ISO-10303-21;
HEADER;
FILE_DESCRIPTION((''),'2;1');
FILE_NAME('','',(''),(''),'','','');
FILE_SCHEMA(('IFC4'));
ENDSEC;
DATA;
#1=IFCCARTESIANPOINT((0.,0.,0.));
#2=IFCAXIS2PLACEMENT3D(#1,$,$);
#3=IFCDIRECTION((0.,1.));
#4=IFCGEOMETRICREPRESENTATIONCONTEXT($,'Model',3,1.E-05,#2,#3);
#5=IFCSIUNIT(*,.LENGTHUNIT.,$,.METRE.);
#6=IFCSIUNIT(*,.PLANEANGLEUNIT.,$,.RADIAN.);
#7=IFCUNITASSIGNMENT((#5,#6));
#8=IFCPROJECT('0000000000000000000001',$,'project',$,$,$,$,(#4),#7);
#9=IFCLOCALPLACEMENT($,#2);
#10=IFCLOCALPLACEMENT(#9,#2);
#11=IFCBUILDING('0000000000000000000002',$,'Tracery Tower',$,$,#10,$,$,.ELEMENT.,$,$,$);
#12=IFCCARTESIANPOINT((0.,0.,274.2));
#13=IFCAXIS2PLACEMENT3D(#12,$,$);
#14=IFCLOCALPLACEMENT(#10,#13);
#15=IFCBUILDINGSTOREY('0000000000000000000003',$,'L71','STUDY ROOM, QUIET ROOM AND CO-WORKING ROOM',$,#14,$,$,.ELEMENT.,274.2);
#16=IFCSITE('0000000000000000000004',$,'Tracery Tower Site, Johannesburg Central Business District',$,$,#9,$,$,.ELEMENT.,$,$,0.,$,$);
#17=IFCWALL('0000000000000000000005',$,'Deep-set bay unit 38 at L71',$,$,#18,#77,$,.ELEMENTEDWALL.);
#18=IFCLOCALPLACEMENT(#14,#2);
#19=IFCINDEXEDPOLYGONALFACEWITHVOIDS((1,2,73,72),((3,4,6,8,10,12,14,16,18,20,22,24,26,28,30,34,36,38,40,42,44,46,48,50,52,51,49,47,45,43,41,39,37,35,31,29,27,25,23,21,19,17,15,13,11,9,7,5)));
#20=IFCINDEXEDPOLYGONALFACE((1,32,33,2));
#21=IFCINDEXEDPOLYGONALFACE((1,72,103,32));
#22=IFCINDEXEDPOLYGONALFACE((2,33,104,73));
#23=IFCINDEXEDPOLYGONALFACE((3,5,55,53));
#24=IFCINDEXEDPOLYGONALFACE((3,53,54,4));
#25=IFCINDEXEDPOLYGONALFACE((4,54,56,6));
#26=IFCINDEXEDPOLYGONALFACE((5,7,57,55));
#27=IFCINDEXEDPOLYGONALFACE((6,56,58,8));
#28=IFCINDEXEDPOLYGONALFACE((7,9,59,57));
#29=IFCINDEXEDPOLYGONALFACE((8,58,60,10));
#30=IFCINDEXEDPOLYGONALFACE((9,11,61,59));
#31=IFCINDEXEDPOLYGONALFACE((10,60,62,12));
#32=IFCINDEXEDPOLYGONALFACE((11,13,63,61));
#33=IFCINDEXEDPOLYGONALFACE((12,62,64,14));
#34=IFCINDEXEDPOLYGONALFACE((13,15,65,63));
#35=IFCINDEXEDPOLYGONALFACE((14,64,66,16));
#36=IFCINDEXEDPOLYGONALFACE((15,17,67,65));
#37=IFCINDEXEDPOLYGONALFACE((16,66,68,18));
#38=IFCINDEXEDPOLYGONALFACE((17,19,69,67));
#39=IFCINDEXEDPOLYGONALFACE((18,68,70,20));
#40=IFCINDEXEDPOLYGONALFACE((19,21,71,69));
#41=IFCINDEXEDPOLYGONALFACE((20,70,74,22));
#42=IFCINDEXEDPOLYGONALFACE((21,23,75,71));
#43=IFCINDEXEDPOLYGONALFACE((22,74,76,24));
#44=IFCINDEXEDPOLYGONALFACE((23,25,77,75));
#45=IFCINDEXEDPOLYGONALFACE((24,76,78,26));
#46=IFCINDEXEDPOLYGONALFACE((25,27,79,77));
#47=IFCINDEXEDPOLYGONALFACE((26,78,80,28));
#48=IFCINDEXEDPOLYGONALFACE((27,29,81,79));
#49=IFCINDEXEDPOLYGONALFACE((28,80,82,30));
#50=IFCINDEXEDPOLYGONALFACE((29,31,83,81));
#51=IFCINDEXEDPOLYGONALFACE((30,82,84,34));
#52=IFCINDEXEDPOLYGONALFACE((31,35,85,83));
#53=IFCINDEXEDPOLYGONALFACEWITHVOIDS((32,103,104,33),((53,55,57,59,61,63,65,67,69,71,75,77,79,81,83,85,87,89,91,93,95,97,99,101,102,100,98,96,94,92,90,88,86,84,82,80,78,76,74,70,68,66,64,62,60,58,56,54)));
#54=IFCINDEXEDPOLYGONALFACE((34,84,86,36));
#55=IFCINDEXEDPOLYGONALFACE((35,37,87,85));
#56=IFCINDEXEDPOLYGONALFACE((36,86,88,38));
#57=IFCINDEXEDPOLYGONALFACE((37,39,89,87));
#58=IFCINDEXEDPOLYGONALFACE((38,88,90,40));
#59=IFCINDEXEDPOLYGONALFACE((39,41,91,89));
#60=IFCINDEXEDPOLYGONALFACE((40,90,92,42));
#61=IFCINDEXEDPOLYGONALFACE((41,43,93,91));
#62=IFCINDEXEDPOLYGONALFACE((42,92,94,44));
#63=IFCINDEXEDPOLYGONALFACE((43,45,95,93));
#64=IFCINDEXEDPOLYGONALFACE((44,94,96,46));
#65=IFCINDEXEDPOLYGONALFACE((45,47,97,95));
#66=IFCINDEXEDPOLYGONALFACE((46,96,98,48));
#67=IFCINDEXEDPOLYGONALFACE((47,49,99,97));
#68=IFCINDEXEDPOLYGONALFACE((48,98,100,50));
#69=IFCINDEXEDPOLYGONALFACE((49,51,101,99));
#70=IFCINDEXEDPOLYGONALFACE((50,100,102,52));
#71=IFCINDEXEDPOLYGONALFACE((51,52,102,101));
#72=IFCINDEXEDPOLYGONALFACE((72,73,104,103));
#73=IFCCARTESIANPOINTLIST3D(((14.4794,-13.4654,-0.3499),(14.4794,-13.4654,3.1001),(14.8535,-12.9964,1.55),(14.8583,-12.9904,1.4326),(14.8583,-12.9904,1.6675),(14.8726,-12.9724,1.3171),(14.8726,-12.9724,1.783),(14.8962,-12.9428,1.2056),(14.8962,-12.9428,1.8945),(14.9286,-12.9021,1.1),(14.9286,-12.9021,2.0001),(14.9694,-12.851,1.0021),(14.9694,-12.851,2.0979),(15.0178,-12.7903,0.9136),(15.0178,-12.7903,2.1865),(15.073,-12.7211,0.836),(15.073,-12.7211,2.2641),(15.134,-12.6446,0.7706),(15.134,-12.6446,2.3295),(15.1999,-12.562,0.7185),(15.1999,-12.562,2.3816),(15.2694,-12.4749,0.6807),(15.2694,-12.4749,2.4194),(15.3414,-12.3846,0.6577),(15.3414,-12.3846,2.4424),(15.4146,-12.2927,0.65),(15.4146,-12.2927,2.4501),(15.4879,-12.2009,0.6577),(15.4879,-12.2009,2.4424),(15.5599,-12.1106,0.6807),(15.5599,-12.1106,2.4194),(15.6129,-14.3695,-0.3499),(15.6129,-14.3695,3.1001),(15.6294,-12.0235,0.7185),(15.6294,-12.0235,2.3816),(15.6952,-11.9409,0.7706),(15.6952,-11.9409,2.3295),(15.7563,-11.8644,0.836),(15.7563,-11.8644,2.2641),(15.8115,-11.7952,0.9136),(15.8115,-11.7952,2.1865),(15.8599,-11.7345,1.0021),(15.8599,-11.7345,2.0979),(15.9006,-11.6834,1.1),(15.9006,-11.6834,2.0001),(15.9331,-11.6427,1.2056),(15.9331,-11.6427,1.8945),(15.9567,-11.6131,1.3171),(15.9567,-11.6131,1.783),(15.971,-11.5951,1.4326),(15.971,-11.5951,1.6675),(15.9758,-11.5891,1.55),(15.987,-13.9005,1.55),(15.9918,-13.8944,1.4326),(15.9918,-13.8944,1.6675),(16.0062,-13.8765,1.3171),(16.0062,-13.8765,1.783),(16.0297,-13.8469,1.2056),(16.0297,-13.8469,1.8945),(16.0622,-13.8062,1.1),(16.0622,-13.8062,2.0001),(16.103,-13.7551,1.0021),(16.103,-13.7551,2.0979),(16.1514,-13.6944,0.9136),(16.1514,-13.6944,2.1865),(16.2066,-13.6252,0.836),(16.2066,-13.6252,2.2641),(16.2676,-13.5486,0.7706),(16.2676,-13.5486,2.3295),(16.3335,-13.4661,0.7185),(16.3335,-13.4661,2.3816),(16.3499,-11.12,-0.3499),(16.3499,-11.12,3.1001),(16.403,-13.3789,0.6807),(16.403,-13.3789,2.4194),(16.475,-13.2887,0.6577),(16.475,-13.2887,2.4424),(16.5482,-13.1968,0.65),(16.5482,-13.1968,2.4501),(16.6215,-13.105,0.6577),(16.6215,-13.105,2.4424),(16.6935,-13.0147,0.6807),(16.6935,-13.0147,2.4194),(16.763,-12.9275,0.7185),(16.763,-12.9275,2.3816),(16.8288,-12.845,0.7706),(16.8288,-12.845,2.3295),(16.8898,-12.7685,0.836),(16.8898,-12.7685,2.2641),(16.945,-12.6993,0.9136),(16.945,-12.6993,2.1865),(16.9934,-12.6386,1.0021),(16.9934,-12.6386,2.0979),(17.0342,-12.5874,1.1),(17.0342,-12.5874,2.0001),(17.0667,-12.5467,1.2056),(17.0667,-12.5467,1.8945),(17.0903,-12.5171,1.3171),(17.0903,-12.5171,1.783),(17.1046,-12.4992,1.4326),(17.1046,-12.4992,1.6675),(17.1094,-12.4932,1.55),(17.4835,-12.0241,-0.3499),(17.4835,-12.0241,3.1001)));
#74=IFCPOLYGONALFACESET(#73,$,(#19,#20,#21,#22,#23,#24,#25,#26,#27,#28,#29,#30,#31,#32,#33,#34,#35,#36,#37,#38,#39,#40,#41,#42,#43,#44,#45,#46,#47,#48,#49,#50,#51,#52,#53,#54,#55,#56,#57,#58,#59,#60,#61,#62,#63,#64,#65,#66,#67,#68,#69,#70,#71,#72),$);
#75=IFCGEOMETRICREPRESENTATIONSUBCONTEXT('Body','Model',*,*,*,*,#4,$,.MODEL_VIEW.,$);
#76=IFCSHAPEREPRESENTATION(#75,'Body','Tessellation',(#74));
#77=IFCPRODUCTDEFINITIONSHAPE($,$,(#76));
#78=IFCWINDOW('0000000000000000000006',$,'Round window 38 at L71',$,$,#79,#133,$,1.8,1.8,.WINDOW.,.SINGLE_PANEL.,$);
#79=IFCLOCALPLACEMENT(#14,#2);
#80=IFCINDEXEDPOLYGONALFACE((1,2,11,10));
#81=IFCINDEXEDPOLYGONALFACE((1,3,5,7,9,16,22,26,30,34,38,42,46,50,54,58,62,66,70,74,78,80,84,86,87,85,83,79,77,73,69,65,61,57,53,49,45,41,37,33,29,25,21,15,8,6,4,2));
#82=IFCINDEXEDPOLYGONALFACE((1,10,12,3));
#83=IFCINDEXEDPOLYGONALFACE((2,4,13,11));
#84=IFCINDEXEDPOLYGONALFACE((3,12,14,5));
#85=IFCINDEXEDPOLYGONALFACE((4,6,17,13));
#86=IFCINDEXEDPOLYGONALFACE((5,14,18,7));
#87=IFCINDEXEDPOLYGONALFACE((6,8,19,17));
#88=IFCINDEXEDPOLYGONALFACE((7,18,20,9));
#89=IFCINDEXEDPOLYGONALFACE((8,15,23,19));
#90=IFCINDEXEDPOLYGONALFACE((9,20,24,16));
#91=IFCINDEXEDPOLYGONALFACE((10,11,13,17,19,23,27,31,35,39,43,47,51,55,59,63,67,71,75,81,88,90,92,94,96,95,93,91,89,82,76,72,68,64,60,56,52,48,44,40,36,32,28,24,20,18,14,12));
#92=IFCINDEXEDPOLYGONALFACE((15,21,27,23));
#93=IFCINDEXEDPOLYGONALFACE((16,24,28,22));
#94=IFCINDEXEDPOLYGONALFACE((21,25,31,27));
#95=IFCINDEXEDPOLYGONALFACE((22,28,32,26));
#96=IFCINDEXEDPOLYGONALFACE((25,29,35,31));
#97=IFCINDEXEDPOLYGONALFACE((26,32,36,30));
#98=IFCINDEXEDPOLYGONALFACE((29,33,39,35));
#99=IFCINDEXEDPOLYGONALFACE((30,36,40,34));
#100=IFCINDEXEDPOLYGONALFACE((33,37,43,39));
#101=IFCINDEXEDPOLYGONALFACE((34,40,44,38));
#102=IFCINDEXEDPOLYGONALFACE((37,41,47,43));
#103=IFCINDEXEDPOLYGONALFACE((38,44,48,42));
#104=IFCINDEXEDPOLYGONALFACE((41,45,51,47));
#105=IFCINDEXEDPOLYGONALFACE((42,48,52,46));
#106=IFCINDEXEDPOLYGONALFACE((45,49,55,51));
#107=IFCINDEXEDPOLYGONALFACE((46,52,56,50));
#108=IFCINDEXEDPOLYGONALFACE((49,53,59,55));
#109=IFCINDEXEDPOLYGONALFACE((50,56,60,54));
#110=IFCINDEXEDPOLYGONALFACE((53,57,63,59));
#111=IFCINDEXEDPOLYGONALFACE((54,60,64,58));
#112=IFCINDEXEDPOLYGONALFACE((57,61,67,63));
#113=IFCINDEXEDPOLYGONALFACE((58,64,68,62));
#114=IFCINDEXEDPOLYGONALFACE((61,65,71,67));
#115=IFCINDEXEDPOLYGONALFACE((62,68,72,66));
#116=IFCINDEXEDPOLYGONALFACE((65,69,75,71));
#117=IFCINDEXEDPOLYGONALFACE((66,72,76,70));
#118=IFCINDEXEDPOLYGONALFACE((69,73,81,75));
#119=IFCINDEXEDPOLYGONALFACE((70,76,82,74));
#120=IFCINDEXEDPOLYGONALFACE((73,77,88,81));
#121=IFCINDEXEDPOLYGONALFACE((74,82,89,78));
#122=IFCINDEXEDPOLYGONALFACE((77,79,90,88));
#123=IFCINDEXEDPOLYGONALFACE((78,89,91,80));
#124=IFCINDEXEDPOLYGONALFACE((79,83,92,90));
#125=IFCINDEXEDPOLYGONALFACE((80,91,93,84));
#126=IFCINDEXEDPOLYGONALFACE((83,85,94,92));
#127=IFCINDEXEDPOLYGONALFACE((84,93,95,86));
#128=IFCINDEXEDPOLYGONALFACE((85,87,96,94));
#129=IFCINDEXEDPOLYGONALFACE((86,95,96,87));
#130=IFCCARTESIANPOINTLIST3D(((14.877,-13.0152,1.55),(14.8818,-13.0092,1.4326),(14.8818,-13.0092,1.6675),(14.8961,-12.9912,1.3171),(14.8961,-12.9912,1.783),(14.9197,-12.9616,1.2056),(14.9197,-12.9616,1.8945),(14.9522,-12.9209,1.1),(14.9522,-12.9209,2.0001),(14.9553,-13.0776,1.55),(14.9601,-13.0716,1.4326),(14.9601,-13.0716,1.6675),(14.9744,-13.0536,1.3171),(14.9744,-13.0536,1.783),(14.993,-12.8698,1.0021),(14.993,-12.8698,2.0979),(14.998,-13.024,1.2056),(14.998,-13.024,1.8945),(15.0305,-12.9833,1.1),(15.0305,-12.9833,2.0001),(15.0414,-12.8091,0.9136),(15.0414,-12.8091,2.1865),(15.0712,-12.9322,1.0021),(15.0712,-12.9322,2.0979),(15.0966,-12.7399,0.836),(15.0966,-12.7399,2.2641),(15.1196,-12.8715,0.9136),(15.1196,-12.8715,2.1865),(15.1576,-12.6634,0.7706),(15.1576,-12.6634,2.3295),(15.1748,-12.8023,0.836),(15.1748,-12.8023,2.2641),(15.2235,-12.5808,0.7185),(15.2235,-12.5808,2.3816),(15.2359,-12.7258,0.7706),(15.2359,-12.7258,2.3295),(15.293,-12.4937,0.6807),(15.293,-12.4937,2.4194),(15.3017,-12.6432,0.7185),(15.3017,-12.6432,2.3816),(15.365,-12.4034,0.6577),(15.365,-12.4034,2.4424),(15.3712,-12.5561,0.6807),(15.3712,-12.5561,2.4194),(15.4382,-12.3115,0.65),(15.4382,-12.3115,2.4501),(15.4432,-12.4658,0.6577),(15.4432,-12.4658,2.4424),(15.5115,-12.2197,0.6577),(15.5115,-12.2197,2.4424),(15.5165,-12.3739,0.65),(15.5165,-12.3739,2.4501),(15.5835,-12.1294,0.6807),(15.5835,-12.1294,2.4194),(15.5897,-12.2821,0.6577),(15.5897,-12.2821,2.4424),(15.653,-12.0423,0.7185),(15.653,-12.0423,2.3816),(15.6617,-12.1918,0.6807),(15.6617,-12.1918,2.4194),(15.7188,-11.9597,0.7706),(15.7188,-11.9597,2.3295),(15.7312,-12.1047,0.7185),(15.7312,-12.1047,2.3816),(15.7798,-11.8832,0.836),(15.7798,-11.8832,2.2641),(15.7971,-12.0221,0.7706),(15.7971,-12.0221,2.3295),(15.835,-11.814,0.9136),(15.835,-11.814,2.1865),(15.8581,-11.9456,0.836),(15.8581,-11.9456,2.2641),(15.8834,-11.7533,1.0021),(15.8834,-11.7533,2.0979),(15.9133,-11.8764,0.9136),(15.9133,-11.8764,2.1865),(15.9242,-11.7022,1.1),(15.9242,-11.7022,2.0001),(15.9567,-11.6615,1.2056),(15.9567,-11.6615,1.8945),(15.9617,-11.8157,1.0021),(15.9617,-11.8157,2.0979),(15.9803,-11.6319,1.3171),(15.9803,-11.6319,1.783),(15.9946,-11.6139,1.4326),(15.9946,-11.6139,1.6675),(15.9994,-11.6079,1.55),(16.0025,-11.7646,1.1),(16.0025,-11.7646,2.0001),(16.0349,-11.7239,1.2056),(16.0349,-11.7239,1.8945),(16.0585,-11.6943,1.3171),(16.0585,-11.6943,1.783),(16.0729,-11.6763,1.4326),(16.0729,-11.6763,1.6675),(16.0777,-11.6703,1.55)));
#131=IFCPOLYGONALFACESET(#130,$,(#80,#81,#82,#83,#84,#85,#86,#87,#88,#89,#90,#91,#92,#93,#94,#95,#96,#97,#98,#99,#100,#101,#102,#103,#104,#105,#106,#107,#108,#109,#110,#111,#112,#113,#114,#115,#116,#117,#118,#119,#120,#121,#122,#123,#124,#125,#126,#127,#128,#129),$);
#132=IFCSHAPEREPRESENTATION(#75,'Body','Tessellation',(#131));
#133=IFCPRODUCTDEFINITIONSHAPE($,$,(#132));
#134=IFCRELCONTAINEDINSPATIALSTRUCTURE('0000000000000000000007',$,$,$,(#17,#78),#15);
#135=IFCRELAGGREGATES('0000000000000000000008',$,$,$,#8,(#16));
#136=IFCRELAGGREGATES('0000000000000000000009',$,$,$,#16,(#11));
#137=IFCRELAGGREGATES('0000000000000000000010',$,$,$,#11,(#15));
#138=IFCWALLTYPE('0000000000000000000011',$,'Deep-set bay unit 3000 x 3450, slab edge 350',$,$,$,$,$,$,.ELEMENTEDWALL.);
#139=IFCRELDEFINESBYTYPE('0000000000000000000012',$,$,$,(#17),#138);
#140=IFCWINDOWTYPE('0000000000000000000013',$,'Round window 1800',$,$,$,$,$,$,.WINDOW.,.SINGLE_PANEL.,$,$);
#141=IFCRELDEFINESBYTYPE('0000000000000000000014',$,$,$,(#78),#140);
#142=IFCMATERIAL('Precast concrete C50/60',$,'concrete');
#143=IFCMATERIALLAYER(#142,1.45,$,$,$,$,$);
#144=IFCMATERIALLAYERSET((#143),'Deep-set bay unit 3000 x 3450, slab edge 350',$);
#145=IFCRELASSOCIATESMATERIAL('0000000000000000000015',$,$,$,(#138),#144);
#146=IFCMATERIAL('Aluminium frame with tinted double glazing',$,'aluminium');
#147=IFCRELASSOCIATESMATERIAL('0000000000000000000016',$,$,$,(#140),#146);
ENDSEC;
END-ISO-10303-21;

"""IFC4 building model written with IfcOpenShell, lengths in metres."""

from ifc_helpers import new_model, si_unit, direction, frame, frame_2d, origin, origin_2d, place, context, subcontext, project, spatial, rectangle, circle, extrude, material, layer, layer_set, type_object, element, fill, save


model = new_model("IFC4")

# Units and contexts
model_context = context("Model", 3, precision=1e-05, world=origin(), true_north=direction((0.0, 1.0)))
body_context = subcontext(model_context, "Body", "Model", "MODEL_VIEW")
ifc_project = project(units=[si_unit("LENGTHUNIT", "METRE"), si_unit("PLANEANGLEUNIT", "RADIAN")], contexts=[model_context])

# Site, building, storey
site_placement = place(None, origin())
site = spatial("IfcSite", under=ifc_project, at=site_placement, Name="Tracery Tower Site, Johannesburg Central Business District", CompositionType="ELEMENT", RefElevation=0.0)
building_placement = place(site_placement, origin())
building = spatial("IfcBuilding", under=site, at=building_placement, Name="Tracery Tower", CompositionType="ELEMENT")
storey_placement = place(building_placement, frame((0.0, 0.0, 274.2)))
storey = spatial("IfcBuildingStorey", under=building, at=storey_placement, Name="L71", Description="STUDY ROOM, QUIET ROOM AND CO-WORKING ROOM", CompositionType="ELEMENT", Elevation=274.2)

# Wall, opening, window
ifc_material_1 = material(Name="Precast concrete C50/60", Category="concrete")
ifc_layer_1 = layer(ifc_material_1, 1.45)
ifc_layer_set_1 = layer_set([ifc_layer_1], Name="Deep-set bay unit 3000 x 3450, slab edge 350")
wall_type_1 = type_object("IfcWallType", Name="Deep-set bay unit 3000 x 3450, slab edge 350", PredefinedType="ELEMENTEDWALL", material=ifc_layer_set_1)
ifc_material_2 = material(Name="Aluminium frame with tinted double glazing", Category="aluminium")
window_type = type_object("IfcWindowType", Name="Round window 1800", PartitioningType="SINGLE_PANEL", PredefinedType="WINDOW", material=ifc_material_2)
wall_1_placement = place(storey_placement, frame((15.0461, -13.9175, -0.3499), z_axis=(0.0, 0.0, 1.0), x_axis=(0.623523, 0.781805, 0.0)))
wall_1 = element("IfcWall", 1, at=wall_1_placement, inside=storey, type_object=wall_type_1, Name="Deep-set bay unit 38 at L71", PredefinedType="ELEMENTEDWALL", context=body_context, shape_type="SweptSolid", body=[
    extrude(rectangle(XDim=3.0, YDim=1.45, at=frame_2d((1.5, 0.0))), origin(), (0.0, 0.0, 1.0), 3.45),
])
opening_1_placement = place(wall_1_placement, frame((1.5, 0.0, 1.8999)))
opening_1 = element("IfcOpeningElement", 2, at=opening_1_placement, cuts=wall_1, PredefinedType="OPENING", context=body_context, shape_type="SweptSolid", body=[
    extrude(circle(Radius=0.9, at=origin_2d()), frame((0.0, 0.7349, 0.0), z_axis=(0.0, -1.0, 0.0), x_axis=(1.0, 0.0, 0.0)), (0.0, 0.0, 1.0), 1.47),
])
window_1_placement = place(opening_1_placement, origin())
window_1 = element("IfcWindow", 3, at=window_1_placement, inside=storey, type_object=window_type, Name="Round window 38 at L71", OverallHeight=1.8, OverallWidth=1.8, PartitioningType="SINGLE_PANEL", PredefinedType="WINDOW", context=body_context, shape_type="SweptSolid", body=[
    extrude(circle(Radius=0.9, at=origin_2d()), frame((0.0, 0.6948, 0.0), z_axis=(0.0, -1.0, 0.0), x_axis=(1.0, 0.0, 0.0)), (0.0, 0.0, 1.0), 0.1001),
])
fill(opening_1, window_1)

save(model, "model.ifc")
